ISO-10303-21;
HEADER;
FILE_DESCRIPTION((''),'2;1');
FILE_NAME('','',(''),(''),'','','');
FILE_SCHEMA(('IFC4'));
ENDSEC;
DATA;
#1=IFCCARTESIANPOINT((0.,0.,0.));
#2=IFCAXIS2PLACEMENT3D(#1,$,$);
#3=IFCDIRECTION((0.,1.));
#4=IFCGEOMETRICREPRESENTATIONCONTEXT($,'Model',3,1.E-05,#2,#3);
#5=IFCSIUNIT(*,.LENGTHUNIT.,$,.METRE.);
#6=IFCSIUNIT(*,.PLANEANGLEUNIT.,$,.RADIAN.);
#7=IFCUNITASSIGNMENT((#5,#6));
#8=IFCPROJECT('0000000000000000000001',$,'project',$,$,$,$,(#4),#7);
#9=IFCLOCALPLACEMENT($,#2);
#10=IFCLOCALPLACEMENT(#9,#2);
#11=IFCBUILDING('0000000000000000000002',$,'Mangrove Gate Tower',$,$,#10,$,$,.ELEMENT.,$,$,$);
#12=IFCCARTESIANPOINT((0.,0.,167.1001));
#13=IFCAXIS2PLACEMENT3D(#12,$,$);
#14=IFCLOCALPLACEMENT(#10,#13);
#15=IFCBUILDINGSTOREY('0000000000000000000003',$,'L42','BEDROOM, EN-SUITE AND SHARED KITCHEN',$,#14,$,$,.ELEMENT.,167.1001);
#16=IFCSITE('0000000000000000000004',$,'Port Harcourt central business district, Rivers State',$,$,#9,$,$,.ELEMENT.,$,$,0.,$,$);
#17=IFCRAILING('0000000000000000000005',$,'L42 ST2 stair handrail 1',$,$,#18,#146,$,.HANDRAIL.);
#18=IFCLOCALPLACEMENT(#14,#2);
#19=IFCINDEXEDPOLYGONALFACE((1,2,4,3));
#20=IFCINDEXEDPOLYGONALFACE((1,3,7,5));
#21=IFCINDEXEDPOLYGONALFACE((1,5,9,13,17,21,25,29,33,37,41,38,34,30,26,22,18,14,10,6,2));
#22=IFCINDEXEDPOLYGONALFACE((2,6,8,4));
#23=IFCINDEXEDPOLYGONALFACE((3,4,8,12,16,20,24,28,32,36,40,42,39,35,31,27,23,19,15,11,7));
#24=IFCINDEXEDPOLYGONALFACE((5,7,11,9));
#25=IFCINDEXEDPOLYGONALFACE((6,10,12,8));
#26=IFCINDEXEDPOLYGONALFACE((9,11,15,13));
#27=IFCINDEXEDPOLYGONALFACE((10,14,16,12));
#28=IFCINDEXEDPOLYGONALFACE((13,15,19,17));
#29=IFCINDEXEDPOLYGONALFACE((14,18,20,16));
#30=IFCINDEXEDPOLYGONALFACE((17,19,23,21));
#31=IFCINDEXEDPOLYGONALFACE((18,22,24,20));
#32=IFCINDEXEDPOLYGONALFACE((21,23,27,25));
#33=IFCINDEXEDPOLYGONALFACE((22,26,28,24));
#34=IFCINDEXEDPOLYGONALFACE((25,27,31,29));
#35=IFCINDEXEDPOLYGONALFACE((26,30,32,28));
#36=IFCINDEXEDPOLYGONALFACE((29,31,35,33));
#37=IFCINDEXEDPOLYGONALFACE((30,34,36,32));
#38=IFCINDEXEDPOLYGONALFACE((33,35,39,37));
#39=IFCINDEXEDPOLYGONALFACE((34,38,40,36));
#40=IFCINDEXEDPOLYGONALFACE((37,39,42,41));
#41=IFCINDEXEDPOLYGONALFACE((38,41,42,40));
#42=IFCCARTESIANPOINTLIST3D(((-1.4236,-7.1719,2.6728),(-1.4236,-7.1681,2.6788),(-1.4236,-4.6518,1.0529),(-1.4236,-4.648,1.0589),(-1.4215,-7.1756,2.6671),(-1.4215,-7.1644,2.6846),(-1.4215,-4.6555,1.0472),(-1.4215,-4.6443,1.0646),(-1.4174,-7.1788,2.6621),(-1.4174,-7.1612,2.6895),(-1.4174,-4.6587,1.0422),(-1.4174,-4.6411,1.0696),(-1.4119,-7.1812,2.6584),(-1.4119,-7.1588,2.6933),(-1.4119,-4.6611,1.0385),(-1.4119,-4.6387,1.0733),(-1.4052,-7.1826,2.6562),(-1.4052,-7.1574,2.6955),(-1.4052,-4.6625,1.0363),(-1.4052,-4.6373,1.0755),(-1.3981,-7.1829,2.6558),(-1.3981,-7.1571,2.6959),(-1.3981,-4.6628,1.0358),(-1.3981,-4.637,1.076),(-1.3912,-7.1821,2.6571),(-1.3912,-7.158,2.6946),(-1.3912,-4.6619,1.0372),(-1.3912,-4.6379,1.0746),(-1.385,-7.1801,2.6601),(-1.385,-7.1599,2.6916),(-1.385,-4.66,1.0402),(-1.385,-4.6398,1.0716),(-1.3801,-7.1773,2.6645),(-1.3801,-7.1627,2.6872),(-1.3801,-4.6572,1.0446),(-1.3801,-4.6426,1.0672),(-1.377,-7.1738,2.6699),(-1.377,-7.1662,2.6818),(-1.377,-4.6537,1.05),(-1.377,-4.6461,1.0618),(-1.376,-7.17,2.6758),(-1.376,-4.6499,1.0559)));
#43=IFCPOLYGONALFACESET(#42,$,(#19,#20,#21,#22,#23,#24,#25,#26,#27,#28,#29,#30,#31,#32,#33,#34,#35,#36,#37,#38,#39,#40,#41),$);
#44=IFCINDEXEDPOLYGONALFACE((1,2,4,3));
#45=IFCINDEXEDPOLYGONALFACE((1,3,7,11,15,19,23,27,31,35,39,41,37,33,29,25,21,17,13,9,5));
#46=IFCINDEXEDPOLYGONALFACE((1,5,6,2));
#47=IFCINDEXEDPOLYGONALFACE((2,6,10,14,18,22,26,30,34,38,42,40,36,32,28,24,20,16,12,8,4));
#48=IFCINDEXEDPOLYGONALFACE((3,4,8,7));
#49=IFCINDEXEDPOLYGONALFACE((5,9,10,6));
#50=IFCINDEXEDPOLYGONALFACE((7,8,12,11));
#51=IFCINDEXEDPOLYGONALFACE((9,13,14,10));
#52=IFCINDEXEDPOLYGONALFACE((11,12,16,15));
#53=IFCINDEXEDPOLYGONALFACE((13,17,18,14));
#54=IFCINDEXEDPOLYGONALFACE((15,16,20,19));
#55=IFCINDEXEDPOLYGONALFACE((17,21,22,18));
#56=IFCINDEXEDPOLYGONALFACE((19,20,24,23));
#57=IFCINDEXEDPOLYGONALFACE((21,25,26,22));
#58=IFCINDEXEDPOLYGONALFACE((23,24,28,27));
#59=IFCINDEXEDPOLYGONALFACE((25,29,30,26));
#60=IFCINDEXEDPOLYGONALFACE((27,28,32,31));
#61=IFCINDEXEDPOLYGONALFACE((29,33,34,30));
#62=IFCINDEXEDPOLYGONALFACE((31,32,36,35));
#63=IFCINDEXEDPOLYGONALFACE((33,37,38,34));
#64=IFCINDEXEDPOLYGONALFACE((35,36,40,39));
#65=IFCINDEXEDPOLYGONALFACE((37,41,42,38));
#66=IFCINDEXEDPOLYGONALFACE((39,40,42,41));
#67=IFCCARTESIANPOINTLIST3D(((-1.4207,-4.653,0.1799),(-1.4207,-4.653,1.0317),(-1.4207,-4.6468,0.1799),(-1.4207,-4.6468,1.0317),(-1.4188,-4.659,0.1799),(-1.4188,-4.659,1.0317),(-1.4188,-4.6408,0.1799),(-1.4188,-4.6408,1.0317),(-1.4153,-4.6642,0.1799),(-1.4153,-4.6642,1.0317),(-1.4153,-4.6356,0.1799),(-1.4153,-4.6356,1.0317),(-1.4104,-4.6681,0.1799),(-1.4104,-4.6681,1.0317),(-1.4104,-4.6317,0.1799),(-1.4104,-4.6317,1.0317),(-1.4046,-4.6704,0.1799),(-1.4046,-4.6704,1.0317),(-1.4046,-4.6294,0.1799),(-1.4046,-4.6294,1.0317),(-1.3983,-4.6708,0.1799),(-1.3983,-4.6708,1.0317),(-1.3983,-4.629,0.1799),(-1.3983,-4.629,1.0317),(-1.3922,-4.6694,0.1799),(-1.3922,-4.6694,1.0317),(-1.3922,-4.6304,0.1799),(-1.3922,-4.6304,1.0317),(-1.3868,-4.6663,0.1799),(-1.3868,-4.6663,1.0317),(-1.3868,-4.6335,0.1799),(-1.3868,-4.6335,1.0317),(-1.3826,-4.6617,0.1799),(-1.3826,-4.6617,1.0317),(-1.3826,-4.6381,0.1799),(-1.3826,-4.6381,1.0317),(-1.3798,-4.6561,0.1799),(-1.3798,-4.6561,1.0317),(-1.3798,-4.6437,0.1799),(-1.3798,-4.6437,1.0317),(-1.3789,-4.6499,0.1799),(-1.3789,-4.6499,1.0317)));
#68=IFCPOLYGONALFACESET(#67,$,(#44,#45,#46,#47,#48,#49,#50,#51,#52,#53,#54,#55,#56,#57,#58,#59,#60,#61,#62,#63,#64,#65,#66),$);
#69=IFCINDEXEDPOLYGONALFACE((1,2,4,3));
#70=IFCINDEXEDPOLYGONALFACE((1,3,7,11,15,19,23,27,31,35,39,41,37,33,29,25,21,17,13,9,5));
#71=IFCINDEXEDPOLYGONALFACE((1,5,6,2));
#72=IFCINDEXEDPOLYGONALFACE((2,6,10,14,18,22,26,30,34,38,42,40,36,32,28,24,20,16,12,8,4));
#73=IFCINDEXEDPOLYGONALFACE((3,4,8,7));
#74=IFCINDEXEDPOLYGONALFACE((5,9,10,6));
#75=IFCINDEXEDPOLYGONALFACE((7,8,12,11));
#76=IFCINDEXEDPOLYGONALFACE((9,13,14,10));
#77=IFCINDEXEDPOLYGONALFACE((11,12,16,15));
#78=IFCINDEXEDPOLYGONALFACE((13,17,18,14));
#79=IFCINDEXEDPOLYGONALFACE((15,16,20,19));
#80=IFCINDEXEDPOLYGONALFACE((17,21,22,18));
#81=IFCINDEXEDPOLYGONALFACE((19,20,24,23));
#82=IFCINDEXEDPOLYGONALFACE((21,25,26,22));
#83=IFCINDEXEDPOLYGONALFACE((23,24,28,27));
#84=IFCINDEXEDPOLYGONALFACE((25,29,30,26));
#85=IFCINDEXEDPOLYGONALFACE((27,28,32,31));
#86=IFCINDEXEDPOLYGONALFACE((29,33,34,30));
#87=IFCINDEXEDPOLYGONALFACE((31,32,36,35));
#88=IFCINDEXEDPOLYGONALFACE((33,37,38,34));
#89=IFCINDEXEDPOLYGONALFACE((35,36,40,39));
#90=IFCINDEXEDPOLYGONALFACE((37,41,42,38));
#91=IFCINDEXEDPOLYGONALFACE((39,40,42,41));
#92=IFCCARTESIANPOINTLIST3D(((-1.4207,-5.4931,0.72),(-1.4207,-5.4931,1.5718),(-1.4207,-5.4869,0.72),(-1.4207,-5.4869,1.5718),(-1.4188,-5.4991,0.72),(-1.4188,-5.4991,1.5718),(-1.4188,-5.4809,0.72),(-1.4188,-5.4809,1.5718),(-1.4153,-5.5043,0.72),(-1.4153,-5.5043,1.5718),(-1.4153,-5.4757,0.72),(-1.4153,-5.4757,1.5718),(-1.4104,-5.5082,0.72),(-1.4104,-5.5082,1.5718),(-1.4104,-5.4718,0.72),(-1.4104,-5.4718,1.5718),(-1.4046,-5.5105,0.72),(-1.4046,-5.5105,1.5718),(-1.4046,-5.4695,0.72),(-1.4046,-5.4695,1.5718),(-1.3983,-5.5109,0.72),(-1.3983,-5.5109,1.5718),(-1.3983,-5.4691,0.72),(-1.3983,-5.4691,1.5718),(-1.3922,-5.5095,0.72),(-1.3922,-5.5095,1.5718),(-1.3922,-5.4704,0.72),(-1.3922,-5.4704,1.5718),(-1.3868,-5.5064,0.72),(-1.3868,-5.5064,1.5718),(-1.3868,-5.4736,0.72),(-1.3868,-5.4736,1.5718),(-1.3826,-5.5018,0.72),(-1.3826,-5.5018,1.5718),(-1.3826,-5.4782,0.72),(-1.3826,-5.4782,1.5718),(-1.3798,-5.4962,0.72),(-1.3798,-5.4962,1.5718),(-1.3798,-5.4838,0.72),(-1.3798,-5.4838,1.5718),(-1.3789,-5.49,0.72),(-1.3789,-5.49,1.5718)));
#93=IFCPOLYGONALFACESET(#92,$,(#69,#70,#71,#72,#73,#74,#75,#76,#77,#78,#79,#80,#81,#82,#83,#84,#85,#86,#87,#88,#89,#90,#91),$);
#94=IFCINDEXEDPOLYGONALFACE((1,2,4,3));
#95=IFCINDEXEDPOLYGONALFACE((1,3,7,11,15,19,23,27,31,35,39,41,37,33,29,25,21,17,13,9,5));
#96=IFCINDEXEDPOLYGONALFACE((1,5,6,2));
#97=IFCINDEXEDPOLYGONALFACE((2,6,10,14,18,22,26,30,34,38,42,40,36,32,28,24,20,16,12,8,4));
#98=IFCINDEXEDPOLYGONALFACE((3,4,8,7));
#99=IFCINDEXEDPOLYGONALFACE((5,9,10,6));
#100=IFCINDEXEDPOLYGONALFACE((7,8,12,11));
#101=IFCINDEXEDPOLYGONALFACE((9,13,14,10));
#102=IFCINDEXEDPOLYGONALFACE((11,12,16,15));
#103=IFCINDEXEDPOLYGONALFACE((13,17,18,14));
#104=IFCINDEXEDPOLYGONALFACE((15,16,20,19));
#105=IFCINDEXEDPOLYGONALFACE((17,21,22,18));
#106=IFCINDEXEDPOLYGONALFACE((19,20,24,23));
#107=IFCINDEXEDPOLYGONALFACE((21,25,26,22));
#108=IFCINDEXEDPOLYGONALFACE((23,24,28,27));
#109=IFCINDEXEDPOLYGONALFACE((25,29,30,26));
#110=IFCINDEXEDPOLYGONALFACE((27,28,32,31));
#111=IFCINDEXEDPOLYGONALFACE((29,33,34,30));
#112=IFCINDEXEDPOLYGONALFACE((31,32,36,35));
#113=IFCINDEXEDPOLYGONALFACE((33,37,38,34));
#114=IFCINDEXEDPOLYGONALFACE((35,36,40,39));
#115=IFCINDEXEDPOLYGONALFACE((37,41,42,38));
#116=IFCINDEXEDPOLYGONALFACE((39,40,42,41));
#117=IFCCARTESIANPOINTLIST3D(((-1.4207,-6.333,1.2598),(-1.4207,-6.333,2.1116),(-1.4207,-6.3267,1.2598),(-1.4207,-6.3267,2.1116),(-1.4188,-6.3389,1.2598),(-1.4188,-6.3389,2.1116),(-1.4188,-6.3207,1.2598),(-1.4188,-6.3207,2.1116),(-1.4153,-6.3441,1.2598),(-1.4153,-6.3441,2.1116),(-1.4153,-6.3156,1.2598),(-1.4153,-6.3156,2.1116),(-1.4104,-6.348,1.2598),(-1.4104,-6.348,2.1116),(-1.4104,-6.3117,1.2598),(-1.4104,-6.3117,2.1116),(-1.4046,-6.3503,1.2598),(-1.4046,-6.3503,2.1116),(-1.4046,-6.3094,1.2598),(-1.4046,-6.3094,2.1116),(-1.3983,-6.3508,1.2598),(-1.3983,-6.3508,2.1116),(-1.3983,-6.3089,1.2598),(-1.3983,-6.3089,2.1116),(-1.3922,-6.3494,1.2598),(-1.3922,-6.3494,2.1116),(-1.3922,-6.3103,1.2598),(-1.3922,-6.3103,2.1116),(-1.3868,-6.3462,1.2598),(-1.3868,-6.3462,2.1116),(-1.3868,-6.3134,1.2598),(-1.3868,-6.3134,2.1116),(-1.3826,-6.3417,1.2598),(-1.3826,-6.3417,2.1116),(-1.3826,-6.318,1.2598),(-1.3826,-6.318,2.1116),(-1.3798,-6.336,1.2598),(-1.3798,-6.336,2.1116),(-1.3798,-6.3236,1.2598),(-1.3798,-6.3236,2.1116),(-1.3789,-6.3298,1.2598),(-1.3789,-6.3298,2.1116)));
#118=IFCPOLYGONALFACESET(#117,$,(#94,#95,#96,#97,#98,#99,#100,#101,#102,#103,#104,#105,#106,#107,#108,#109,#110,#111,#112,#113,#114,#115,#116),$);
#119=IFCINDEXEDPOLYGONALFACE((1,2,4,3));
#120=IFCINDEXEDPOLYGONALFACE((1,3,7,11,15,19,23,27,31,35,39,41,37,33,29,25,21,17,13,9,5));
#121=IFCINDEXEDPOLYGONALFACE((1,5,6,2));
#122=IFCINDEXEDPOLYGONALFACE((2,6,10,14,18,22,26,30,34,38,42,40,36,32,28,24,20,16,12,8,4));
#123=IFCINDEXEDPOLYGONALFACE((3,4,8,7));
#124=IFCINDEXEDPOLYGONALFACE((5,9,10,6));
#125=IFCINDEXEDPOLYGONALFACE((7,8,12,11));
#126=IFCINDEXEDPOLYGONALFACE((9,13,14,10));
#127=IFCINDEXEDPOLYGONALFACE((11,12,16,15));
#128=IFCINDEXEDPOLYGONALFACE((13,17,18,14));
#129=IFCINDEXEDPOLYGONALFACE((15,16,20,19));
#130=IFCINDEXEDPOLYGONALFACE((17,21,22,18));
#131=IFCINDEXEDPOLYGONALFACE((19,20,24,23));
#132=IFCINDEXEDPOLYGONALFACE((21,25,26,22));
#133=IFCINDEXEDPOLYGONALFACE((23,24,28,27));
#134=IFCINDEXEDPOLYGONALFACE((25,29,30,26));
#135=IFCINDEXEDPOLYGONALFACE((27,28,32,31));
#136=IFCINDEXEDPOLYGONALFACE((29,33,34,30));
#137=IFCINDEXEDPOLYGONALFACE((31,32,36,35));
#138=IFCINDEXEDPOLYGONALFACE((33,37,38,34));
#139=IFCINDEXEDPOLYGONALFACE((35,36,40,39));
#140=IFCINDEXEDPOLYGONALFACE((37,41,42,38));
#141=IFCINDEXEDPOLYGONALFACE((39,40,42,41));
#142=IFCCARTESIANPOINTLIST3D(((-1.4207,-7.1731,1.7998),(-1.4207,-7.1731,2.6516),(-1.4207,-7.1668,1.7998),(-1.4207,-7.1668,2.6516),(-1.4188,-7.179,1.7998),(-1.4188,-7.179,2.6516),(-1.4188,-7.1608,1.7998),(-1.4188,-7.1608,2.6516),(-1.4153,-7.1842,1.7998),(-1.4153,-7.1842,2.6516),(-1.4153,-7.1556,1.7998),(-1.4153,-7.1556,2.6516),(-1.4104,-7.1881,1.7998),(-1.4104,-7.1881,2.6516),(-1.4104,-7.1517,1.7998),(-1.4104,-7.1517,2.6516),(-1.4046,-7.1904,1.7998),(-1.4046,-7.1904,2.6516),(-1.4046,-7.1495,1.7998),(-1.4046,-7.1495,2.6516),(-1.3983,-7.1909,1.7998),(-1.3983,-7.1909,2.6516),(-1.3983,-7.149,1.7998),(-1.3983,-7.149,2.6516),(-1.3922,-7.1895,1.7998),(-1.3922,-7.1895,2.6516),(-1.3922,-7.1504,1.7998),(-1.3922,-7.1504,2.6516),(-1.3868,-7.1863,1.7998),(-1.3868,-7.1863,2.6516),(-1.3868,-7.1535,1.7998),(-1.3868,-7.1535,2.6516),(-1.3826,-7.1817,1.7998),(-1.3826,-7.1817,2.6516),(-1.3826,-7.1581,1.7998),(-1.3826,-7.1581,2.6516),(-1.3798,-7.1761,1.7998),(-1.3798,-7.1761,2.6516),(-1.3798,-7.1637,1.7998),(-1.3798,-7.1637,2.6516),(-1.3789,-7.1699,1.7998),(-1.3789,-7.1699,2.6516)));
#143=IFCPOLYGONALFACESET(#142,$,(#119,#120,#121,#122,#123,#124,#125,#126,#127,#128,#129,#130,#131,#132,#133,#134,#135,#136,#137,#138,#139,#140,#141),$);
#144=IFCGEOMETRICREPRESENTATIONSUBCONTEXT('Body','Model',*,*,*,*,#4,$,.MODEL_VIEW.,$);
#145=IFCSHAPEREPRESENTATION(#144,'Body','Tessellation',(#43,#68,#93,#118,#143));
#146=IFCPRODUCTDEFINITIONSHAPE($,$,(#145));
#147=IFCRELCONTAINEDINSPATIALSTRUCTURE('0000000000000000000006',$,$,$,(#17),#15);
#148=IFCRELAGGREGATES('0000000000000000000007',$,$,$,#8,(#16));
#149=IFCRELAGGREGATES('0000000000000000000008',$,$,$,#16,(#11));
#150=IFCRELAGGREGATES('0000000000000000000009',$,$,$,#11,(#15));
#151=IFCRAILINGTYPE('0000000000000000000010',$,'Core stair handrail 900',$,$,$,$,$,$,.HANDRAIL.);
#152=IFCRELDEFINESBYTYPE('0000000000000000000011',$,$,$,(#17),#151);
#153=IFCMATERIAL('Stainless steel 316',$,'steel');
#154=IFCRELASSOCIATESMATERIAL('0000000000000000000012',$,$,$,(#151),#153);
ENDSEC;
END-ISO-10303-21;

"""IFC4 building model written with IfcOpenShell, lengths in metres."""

from ifc_helpers import new_model, si_unit, direction, frame, origin, origin_2d, place, context, subcontext, project, spatial, circle, extrude, material, type_object, element, save


model = new_model("IFC4")

# Units and contexts
model_context = context("Model", 3, precision=1e-05, world=origin(), true_north=direction((0.0, 1.0)))
body_context = subcontext(model_context, "Body", "Model", "MODEL_VIEW")
ifc_project = project(units=[si_unit("LENGTHUNIT", "METRE"), si_unit("PLANEANGLEUNIT", "RADIAN")], contexts=[model_context])

# Site, building, storey
site_placement = place(None, origin())
site = spatial("IfcSite", under=ifc_project, at=site_placement, Name="Port Harcourt central business district, Rivers State", CompositionType="ELEMENT", RefElevation=0.0)
building_placement = place(site_placement, origin())
building = spatial("IfcBuilding", under=site, at=building_placement, Name="Mangrove Gate Tower", CompositionType="ELEMENT")
storey_placement = place(building_placement, frame((0.0, 0.0, 167.1001)))
storey = spatial("IfcBuildingStorey", under=building, at=storey_placement, Name="L42", Description="BEDROOM, EN-SUITE AND SHARED KITCHEN", CompositionType="ELEMENT", Elevation=167.1001)

# Railing
ifc_material_1 = material(Name="Stainless steel 316", Category="steel")
railing_type_1 = type_object("IfcRailingType", Name="Core stair handrail 900", PredefinedType="HANDRAIL", material=ifc_material_1)
railing_1_placement = place(storey_placement, frame((-1.3999, -4.6499, 0.1799)))
element("IfcRailing", 1, at=railing_1_placement, inside=storey, type_object=railing_type_1, Name="L42 ST2 stair handrail 1", PredefinedType="HANDRAIL", context=body_context, shape_type="SweptSolid", body=[
    extrude(circle(Radius=0.0239, at=origin_2d()), frame((0.0, 0.0, 0.876), z_axis=(0.0, -0.8412, 0.540725), x_axis=(1.0, 0.0, 0.0)), (0.0, 0.0, 1.0), 2.9958),
    extrude(circle(Radius=0.021, at=origin_2d()), origin(), (0.0, 0.0, 1.0), 0.8518),
    extrude(circle(Radius=0.021, at=origin_2d()), frame((0.0, -0.8401, 0.54)), (0.0, 0.0, 1.0), 0.8518),
    extrude(circle(Radius=0.021, at=origin_2d()), frame((0.0, -1.6799, 1.0798)), (0.0, 0.0, 1.0), 0.8518),
    extrude(circle(Radius=0.021, at=origin_2d()), frame((0.0, -2.52, 1.6199)), (0.0, 0.0, 1.0), 0.8518),
])

save(model, "model.ifc")
